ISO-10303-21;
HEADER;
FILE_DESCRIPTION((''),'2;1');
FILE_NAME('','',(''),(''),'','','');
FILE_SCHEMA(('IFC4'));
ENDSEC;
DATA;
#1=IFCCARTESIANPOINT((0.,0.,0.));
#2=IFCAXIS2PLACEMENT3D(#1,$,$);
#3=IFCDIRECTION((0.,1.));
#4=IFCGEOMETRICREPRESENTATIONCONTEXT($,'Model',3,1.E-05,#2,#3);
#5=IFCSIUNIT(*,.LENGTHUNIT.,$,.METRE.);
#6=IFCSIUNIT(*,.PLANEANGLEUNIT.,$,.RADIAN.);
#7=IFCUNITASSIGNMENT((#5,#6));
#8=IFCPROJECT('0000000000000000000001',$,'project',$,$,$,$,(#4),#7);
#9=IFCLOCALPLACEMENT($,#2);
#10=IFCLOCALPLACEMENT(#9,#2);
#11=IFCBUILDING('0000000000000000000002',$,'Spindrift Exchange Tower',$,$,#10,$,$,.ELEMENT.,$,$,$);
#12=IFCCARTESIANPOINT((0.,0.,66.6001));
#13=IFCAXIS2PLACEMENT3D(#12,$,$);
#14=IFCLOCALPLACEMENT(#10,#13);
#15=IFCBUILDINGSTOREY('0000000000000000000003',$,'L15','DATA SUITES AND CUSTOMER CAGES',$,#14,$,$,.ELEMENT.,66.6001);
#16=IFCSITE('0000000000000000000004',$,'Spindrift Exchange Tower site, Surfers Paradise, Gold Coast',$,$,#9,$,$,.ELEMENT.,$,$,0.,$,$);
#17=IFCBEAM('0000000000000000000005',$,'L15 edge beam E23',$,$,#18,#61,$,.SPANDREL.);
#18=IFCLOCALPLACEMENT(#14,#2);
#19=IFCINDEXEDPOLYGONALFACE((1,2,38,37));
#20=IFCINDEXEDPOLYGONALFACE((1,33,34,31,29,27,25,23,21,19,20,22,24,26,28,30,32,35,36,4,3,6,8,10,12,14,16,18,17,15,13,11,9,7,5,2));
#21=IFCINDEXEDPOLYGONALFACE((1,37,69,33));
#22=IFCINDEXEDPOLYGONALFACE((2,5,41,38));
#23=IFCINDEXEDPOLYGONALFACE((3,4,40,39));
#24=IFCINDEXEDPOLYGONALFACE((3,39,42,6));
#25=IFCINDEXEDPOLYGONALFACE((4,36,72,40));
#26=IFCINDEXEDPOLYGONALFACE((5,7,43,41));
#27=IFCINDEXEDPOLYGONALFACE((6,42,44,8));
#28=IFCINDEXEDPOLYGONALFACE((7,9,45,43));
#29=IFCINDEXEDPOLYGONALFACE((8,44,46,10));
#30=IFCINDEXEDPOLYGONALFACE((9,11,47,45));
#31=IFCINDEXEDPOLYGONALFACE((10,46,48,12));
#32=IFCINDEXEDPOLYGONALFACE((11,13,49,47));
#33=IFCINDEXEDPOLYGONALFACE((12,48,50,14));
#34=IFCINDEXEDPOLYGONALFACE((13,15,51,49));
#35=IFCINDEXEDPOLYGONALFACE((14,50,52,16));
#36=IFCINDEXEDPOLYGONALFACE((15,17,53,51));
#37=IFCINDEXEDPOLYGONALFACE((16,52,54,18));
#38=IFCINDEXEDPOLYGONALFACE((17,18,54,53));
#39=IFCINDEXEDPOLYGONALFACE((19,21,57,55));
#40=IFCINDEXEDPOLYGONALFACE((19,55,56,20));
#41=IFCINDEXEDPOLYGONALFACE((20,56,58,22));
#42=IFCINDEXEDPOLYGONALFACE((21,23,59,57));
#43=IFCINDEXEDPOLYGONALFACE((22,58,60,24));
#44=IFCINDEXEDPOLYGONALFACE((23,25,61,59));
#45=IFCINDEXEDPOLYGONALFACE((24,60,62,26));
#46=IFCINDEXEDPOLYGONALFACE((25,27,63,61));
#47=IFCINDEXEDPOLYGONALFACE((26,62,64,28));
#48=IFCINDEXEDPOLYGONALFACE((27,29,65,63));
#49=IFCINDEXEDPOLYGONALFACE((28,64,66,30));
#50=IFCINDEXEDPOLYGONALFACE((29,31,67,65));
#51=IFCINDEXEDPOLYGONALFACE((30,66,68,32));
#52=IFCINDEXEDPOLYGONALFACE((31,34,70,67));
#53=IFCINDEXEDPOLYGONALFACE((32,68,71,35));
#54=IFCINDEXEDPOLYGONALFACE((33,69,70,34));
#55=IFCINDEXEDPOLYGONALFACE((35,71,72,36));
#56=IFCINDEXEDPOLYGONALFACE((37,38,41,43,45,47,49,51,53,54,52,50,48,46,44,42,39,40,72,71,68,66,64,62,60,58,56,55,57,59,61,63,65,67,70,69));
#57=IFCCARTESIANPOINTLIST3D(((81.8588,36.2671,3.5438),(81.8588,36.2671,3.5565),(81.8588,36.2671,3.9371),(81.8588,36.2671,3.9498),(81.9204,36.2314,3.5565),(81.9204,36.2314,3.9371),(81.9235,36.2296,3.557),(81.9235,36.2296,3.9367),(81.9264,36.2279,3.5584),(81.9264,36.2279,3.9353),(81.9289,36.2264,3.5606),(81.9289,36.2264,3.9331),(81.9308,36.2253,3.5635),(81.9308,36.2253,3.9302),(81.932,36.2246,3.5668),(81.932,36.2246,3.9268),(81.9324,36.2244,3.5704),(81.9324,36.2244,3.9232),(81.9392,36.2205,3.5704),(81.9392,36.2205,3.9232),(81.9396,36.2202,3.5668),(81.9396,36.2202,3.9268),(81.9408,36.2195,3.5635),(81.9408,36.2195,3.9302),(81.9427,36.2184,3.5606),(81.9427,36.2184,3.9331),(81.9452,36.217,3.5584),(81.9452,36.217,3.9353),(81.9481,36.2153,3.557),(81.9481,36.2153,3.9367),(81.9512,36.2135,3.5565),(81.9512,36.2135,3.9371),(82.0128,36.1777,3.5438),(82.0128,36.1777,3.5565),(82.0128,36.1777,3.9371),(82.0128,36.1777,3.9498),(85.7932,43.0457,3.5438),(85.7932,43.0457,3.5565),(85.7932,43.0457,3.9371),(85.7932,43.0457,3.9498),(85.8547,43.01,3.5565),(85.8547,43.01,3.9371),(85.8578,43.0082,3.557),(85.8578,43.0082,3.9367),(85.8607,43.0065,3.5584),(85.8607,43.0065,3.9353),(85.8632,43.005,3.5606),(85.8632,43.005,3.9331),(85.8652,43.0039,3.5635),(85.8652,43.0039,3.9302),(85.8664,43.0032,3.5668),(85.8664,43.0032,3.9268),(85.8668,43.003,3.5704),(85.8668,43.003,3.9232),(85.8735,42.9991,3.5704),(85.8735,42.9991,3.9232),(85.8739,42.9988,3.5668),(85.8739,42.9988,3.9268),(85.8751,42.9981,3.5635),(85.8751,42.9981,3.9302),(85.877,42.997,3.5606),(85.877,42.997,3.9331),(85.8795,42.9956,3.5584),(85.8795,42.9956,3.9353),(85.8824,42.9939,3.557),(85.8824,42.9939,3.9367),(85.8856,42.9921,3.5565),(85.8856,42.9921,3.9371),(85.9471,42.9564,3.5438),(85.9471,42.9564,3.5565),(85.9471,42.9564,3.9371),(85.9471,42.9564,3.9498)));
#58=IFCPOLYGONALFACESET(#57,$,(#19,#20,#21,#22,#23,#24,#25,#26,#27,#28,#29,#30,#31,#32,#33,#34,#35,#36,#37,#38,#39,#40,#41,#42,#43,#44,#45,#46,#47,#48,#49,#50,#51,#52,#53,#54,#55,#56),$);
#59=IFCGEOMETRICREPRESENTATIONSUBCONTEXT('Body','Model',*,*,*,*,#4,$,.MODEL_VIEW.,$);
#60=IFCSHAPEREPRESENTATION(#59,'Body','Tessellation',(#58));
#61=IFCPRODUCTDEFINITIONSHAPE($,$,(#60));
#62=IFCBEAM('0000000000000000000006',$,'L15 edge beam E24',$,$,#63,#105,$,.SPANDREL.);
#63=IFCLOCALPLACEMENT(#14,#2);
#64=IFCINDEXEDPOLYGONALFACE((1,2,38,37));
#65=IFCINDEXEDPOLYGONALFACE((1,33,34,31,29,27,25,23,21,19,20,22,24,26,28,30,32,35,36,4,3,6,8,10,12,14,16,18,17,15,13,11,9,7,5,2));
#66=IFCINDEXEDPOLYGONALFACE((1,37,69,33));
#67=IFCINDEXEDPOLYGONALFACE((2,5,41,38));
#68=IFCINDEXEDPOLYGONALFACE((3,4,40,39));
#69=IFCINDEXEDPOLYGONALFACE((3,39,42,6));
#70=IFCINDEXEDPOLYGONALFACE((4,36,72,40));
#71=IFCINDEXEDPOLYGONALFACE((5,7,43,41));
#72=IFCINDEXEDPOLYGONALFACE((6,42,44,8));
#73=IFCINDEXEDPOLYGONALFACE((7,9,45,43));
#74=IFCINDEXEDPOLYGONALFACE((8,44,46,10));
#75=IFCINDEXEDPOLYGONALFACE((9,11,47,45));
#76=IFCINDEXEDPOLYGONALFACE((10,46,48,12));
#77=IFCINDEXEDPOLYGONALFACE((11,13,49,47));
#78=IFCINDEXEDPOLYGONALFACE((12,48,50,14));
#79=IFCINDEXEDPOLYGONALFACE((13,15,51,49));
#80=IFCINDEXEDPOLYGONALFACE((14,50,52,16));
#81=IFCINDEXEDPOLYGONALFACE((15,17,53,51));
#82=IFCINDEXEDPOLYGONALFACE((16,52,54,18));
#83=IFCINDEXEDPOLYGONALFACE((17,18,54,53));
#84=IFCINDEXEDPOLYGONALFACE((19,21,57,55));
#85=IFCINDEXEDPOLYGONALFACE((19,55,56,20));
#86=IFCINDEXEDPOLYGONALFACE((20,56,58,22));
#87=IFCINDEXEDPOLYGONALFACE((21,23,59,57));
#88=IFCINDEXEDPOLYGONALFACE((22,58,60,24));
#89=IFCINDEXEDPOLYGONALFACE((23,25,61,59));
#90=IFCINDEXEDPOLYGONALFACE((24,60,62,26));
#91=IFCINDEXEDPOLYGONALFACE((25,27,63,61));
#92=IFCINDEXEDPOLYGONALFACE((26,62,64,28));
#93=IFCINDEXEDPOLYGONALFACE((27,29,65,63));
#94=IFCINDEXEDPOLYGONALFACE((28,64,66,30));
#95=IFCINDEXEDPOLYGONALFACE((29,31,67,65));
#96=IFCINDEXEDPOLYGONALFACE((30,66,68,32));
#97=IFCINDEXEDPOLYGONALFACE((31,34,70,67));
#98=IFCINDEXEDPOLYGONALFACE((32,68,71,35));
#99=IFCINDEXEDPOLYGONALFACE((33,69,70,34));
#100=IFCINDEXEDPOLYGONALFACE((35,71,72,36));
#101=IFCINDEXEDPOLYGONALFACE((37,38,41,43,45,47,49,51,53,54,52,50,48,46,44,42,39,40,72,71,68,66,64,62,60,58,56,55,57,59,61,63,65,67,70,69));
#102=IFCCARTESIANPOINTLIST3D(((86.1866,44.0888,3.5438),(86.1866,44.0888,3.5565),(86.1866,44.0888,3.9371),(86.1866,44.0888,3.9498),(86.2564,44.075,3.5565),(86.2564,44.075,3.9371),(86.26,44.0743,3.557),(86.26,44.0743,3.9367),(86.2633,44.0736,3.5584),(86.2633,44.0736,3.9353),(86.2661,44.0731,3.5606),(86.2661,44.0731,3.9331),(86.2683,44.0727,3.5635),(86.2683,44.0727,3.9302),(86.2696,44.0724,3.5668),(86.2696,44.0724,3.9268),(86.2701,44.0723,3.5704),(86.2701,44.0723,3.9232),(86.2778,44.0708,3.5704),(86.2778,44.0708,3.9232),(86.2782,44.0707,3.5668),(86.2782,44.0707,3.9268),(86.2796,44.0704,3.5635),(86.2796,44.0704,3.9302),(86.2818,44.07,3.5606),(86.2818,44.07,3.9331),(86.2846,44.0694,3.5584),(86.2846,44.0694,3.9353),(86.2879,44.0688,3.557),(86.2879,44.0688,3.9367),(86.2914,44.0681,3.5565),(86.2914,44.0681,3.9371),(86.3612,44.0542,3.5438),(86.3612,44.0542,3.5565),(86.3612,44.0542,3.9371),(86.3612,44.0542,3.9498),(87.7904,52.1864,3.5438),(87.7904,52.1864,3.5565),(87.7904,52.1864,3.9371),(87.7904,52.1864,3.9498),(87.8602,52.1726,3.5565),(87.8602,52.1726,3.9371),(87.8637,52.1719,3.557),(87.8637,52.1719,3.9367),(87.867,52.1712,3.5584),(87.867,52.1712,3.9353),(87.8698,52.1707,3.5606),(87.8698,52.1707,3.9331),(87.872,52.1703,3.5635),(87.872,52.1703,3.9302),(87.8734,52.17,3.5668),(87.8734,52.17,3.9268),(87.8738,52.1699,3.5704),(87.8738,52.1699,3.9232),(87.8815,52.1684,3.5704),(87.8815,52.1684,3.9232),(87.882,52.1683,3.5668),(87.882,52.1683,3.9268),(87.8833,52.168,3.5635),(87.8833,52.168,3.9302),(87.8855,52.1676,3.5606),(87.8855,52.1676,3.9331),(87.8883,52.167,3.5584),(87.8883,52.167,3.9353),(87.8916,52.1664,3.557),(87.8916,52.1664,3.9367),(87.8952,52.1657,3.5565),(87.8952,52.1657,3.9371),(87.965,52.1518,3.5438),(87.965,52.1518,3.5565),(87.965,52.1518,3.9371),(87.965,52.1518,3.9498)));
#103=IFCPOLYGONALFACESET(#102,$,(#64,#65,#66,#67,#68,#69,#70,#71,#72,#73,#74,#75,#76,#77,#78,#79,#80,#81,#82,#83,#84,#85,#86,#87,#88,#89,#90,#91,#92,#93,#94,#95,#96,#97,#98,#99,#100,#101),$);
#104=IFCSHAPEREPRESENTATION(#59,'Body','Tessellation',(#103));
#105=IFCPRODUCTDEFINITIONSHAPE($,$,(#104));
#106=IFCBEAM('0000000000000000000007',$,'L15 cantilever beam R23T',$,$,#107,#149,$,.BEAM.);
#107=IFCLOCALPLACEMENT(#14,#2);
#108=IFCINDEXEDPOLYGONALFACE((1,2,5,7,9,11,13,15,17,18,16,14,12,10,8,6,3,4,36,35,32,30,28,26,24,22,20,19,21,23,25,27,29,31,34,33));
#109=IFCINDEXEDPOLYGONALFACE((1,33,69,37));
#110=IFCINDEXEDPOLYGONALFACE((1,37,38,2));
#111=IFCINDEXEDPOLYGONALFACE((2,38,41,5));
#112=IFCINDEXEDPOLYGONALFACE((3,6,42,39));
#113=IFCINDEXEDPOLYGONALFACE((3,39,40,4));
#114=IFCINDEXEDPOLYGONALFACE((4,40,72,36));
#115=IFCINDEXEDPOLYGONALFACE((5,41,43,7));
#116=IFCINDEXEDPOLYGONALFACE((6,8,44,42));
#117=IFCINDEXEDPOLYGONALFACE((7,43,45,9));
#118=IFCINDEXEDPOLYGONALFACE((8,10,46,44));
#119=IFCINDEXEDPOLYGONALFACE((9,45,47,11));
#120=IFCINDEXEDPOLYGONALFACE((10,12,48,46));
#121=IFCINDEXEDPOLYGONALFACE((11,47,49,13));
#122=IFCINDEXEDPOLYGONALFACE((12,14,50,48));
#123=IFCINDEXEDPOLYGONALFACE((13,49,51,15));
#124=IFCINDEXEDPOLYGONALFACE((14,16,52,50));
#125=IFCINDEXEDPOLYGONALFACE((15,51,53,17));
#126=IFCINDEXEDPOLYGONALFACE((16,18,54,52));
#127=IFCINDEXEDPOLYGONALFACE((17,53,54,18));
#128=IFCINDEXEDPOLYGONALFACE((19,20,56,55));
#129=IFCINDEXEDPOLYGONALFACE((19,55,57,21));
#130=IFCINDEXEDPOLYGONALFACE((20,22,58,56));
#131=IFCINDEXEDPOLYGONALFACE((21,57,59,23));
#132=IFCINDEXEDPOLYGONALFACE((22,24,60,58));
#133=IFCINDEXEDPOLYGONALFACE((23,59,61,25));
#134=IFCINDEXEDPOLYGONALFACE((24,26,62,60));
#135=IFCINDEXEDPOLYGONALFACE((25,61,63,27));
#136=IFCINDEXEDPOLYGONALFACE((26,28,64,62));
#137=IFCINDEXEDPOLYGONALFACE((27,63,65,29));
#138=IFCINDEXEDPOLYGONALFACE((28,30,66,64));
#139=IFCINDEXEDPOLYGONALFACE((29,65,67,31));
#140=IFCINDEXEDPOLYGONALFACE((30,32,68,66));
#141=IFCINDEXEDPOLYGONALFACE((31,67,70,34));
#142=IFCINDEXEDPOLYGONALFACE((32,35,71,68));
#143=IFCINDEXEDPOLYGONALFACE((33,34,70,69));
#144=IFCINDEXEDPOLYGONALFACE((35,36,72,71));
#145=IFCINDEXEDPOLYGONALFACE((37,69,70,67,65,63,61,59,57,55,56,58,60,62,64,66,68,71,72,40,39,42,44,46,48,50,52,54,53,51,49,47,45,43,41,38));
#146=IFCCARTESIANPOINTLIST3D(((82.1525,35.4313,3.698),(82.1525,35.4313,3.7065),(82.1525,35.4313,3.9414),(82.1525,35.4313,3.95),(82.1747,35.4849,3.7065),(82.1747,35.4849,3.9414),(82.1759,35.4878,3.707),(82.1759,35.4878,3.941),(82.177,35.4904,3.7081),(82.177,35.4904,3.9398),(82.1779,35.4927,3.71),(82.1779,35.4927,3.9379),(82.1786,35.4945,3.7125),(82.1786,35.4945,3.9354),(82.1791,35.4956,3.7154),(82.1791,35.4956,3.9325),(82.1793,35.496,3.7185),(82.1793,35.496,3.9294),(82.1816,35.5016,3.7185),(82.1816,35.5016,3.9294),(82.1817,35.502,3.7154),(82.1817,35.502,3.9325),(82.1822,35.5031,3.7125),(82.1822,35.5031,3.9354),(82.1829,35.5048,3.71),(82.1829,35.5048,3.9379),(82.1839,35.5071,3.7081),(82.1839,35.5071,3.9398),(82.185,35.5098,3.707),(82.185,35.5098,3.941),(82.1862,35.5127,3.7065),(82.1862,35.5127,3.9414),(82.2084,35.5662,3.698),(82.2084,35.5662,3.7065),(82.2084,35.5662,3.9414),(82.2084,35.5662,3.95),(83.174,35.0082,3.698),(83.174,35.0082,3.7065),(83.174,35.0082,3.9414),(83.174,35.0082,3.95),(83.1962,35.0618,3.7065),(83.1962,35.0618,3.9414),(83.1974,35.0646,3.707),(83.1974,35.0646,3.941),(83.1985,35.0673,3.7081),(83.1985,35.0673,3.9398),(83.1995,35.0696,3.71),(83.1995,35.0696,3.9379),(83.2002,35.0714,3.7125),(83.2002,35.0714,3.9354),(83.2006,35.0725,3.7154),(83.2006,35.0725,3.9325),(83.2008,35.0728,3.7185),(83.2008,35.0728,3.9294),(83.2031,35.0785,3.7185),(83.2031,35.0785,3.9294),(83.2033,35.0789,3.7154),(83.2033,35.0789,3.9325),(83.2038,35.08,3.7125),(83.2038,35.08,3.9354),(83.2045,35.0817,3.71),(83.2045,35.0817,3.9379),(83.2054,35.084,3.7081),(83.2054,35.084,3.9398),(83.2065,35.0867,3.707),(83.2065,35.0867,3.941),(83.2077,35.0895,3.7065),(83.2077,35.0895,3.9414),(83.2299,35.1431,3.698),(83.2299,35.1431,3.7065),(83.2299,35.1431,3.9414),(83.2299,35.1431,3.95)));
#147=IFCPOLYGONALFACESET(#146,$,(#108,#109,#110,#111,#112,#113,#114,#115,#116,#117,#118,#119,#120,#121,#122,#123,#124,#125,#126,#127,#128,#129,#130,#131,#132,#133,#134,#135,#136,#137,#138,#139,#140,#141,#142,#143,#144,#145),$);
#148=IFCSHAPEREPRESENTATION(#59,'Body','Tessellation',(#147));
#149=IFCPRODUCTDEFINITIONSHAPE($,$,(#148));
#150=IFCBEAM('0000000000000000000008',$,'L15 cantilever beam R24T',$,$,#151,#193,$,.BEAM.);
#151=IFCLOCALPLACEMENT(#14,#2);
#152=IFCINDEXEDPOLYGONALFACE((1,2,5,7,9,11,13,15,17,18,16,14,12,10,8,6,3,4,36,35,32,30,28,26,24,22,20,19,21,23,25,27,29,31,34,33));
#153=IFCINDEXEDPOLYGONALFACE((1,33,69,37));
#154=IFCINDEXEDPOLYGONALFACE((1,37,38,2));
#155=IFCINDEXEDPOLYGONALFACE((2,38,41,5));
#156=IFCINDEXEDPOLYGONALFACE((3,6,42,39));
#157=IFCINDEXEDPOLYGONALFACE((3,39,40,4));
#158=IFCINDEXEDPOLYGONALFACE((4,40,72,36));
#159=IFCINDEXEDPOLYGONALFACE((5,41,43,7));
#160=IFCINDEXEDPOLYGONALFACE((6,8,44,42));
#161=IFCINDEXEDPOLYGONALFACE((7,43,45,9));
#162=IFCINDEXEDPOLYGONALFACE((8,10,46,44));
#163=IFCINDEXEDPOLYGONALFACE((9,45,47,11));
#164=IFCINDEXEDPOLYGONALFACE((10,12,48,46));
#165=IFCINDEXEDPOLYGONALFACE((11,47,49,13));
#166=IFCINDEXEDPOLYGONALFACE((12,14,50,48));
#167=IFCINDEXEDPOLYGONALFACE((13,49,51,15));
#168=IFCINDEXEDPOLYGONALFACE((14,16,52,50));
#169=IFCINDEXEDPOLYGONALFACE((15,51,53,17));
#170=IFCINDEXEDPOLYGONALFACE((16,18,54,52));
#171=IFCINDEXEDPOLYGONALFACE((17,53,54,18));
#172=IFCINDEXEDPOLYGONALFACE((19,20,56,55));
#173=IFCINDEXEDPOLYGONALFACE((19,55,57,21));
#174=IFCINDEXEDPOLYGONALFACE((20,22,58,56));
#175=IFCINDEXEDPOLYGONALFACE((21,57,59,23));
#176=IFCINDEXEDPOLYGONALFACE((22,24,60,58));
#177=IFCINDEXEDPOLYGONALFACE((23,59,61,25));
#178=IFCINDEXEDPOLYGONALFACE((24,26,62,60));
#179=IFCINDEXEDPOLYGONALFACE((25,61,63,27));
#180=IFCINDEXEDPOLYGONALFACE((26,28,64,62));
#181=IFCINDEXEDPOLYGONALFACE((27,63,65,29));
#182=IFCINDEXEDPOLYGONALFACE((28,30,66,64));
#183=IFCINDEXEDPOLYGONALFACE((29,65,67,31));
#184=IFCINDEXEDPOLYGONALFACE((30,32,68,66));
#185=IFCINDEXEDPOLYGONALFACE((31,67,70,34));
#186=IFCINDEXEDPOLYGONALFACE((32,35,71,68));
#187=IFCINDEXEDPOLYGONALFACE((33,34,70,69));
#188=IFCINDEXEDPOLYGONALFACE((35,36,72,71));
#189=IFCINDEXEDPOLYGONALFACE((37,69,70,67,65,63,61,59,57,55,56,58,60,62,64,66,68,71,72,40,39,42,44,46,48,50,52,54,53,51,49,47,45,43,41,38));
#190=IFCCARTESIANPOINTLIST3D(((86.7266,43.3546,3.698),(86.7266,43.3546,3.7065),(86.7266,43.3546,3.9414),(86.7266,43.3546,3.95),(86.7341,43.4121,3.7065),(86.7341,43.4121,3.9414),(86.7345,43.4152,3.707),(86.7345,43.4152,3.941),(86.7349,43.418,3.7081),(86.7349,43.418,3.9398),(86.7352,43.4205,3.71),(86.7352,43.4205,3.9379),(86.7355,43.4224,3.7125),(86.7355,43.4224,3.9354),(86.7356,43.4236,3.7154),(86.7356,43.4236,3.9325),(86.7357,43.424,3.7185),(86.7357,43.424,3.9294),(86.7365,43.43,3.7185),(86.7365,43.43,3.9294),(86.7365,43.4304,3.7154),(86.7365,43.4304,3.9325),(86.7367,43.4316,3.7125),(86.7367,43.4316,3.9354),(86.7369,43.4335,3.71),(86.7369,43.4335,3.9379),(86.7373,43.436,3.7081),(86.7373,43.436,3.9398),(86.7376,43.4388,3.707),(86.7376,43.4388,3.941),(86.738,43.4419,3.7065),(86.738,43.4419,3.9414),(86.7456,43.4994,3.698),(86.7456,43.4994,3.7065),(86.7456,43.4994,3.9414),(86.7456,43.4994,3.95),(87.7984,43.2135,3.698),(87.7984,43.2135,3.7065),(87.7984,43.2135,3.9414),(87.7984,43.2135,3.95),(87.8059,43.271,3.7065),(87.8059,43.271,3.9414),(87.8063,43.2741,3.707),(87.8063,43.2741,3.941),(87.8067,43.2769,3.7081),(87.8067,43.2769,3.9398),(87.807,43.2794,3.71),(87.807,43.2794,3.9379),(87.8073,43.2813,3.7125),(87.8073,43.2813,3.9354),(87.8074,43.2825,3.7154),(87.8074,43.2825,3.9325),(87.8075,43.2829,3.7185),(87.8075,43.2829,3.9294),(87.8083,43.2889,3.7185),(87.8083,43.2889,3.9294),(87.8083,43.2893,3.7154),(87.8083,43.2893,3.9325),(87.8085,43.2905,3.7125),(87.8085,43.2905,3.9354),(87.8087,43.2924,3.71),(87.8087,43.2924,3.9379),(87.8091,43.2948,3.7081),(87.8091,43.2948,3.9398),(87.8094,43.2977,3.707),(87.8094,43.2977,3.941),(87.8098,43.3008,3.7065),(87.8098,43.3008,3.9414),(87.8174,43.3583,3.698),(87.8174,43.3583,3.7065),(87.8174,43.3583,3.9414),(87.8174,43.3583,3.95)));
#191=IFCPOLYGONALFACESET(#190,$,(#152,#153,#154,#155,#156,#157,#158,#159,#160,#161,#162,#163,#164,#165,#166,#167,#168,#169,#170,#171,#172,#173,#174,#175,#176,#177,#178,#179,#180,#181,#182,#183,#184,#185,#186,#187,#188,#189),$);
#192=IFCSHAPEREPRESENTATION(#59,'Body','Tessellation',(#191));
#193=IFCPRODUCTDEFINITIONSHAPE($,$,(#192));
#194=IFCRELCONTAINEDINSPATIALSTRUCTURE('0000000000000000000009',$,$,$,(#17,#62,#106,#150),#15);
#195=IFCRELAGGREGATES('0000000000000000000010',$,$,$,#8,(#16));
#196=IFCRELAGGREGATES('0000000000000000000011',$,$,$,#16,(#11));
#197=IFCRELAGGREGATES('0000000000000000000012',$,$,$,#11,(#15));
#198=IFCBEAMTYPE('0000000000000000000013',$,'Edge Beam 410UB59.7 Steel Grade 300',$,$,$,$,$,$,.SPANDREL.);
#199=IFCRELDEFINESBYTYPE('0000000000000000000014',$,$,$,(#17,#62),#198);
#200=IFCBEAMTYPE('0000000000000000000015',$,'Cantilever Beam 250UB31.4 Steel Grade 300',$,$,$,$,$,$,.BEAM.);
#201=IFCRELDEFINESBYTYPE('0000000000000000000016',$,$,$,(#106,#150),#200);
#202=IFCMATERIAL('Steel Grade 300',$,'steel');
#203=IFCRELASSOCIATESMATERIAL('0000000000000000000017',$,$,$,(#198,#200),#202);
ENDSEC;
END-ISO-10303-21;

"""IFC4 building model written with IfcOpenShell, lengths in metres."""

from ifc_helpers import new_model, si_unit, direction, frame, origin, origin_2d, place, context, subcontext, project, spatial, i_section, extrude, source, transform, mapped, material, material_profile, profile_set, type_object, element, save


model = new_model("IFC4")

# Units and contexts
model_context = context("Model", 3, precision=1e-05, world=origin(), true_north=direction((0.0, 1.0)))
body_context = subcontext(model_context, "Body", "Model", "MODEL_VIEW")
ifc_project = project(units=[si_unit("LENGTHUNIT", "METRE"), si_unit("PLANEANGLEUNIT", "RADIAN")], contexts=[model_context])

# Site, building, storey
site_placement = place(None, origin())
site = spatial("IfcSite", under=ifc_project, at=site_placement, Name="Spindrift Exchange Tower site, Surfers Paradise, Gold Coast", CompositionType="ELEMENT", RefElevation=0.0)
building_placement = place(site_placement, origin())
building = spatial("IfcBuilding", under=site, at=building_placement, Name="Spindrift Exchange Tower", CompositionType="ELEMENT")
storey_placement = place(building_placement, frame((0.0, 0.0, 66.6001)))
storey = spatial("IfcBuildingStorey", under=building, at=storey_placement, Name="L15", Description="DATA SUITES AND CUSTOMER CAGES", CompositionType="ELEMENT", Elevation=66.6001)

# Beams
ifc_material_1 = material(Name="Steel Grade 300", Category="steel")
ifc_material_profile_1 = material_profile(ifc_material_1, i_section(OverallWidth=0.178, OverallDepth=0.406, WebThickness=0.0078, FlangeThickness=0.0127, FilletRadius=0.0139, at=origin_2d()), Name="410UB59.7")
ifc_profile_set_1 = profile_set([ifc_material_profile_1], Name="Steel Grade 300")
beam_type_1 = type_object("IfcBeamType", Name="Edge Beam 410UB59.7 Steel Grade 300", PredefinedType="SPANDREL", material=ifc_profile_set_1)
shared_shape_1 = source(origin(), body_context, "Body", "SweptSolid", [
    extrude(i_section(OverallWidth=0.178, OverallDepth=0.406, WebThickness=0.0078, FlangeThickness=0.0127, FilletRadius=0.0139, at=origin_2d()), origin(), (0.0, 0.0, 1.0), 7.8376),
])
beam_1_placement = place(storey_placement, frame((81.9358, 36.2224, 3.7468), z_axis=(0.501981, 0.864878, 0.0), x_axis=(-0.864878, 0.501981, 0.0)))
element("IfcBeam", 1, at=beam_1_placement, inside=storey, type_object=beam_type_1, Name="L15 edge beam E23", PredefinedType="SPANDREL", context=body_context, shape_type="MappedRepresentation", body=[
    mapped(shared_shape_1, transform((0.0, 0.0, 0.0), scale=1.0)),
])
shared_shape_2 = source(origin(), body_context, "Body", "SweptSolid", [
    extrude(i_section(OverallWidth=0.178, OverallDepth=0.406, WebThickness=0.0078, FlangeThickness=0.0127, FilletRadius=0.0139, at=origin_2d()), origin(), (0.0, 0.0, 1.0), 8.2549),
])
beam_2_placement = place(storey_placement, frame((86.2739, 44.0715, 3.7468), z_axis=(0.194279, 0.980946, 0.0), x_axis=(-0.980946, 0.194279, 0.0)))
element("IfcBeam", 2, at=beam_2_placement, inside=storey, type_object=beam_type_1, Name="L15 edge beam E24", PredefinedType="SPANDREL", context=body_context, shape_type="MappedRepresentation", body=[
    mapped(shared_shape_2, transform((0.0, 0.0, 0.0), scale=1.0)),
])
ifc_material_profile_2 = material_profile(ifc_material_1, i_section(OverallWidth=0.146, OverallDepth=0.252, WebThickness=0.0061, FlangeThickness=0.0085, FilletRadius=0.012, at=origin_2d()), Name="250UB31.4")
ifc_profile_set_2 = profile_set([ifc_material_profile_2], Name="Steel Grade 300")
beam_type_2 = type_object("IfcBeamType", Name="Cantilever Beam 250UB31.4 Steel Grade 300", PredefinedType="BEAM", material=ifc_profile_set_2)
shared_shape_3 = source(origin(), body_context, "Body", "SweptSolid", [
    extrude(i_section(OverallWidth=0.146, OverallDepth=0.252, WebThickness=0.0061, FlangeThickness=0.0085, FilletRadius=0.012, at=origin_2d()), origin(), (0.0, 0.0, 1.0), 1.1057),
])
beam_3_placement = place(storey_placement, frame((82.1804, 35.4988, 3.824), z_axis=(0.923885, -0.38267, 0.0), x_axis=(0.38267, 0.923885, 0.0)))
element("IfcBeam", 3, at=beam_3_placement, inside=storey, type_object=beam_type_2, Name="L15 cantilever beam R23T", PredefinedType="BEAM", context=body_context, shape_type="MappedRepresentation", body=[
    mapped(shared_shape_3, transform((0.0, 0.0, 0.0), scale=1.0)),
])
shared_shape_4 = source(origin(), body_context, "Body", "SweptSolid", [
    extrude(i_section(OverallWidth=0.146, OverallDepth=0.252, WebThickness=0.0061, FlangeThickness=0.0085, FilletRadius=0.012, at=origin_2d()), origin(), (0.0, 0.0, 1.0), 1.0811),
])
beam_4_placement = place(storey_placement, frame((86.7361, 43.427, 3.824), z_axis=(0.991444, -0.130536, 0.0), x_axis=(0.130536, 0.991444, 0.0)))
element("IfcBeam", 4, at=beam_4_placement, inside=storey, type_object=beam_type_2, Name="L15 cantilever beam R24T", PredefinedType="BEAM", context=body_context, shape_type="MappedRepresentation", body=[
    mapped(shared_shape_4, transform((0.0, 0.0, 0.0), scale=1.0)),
])

save(model, "model.ifc")
